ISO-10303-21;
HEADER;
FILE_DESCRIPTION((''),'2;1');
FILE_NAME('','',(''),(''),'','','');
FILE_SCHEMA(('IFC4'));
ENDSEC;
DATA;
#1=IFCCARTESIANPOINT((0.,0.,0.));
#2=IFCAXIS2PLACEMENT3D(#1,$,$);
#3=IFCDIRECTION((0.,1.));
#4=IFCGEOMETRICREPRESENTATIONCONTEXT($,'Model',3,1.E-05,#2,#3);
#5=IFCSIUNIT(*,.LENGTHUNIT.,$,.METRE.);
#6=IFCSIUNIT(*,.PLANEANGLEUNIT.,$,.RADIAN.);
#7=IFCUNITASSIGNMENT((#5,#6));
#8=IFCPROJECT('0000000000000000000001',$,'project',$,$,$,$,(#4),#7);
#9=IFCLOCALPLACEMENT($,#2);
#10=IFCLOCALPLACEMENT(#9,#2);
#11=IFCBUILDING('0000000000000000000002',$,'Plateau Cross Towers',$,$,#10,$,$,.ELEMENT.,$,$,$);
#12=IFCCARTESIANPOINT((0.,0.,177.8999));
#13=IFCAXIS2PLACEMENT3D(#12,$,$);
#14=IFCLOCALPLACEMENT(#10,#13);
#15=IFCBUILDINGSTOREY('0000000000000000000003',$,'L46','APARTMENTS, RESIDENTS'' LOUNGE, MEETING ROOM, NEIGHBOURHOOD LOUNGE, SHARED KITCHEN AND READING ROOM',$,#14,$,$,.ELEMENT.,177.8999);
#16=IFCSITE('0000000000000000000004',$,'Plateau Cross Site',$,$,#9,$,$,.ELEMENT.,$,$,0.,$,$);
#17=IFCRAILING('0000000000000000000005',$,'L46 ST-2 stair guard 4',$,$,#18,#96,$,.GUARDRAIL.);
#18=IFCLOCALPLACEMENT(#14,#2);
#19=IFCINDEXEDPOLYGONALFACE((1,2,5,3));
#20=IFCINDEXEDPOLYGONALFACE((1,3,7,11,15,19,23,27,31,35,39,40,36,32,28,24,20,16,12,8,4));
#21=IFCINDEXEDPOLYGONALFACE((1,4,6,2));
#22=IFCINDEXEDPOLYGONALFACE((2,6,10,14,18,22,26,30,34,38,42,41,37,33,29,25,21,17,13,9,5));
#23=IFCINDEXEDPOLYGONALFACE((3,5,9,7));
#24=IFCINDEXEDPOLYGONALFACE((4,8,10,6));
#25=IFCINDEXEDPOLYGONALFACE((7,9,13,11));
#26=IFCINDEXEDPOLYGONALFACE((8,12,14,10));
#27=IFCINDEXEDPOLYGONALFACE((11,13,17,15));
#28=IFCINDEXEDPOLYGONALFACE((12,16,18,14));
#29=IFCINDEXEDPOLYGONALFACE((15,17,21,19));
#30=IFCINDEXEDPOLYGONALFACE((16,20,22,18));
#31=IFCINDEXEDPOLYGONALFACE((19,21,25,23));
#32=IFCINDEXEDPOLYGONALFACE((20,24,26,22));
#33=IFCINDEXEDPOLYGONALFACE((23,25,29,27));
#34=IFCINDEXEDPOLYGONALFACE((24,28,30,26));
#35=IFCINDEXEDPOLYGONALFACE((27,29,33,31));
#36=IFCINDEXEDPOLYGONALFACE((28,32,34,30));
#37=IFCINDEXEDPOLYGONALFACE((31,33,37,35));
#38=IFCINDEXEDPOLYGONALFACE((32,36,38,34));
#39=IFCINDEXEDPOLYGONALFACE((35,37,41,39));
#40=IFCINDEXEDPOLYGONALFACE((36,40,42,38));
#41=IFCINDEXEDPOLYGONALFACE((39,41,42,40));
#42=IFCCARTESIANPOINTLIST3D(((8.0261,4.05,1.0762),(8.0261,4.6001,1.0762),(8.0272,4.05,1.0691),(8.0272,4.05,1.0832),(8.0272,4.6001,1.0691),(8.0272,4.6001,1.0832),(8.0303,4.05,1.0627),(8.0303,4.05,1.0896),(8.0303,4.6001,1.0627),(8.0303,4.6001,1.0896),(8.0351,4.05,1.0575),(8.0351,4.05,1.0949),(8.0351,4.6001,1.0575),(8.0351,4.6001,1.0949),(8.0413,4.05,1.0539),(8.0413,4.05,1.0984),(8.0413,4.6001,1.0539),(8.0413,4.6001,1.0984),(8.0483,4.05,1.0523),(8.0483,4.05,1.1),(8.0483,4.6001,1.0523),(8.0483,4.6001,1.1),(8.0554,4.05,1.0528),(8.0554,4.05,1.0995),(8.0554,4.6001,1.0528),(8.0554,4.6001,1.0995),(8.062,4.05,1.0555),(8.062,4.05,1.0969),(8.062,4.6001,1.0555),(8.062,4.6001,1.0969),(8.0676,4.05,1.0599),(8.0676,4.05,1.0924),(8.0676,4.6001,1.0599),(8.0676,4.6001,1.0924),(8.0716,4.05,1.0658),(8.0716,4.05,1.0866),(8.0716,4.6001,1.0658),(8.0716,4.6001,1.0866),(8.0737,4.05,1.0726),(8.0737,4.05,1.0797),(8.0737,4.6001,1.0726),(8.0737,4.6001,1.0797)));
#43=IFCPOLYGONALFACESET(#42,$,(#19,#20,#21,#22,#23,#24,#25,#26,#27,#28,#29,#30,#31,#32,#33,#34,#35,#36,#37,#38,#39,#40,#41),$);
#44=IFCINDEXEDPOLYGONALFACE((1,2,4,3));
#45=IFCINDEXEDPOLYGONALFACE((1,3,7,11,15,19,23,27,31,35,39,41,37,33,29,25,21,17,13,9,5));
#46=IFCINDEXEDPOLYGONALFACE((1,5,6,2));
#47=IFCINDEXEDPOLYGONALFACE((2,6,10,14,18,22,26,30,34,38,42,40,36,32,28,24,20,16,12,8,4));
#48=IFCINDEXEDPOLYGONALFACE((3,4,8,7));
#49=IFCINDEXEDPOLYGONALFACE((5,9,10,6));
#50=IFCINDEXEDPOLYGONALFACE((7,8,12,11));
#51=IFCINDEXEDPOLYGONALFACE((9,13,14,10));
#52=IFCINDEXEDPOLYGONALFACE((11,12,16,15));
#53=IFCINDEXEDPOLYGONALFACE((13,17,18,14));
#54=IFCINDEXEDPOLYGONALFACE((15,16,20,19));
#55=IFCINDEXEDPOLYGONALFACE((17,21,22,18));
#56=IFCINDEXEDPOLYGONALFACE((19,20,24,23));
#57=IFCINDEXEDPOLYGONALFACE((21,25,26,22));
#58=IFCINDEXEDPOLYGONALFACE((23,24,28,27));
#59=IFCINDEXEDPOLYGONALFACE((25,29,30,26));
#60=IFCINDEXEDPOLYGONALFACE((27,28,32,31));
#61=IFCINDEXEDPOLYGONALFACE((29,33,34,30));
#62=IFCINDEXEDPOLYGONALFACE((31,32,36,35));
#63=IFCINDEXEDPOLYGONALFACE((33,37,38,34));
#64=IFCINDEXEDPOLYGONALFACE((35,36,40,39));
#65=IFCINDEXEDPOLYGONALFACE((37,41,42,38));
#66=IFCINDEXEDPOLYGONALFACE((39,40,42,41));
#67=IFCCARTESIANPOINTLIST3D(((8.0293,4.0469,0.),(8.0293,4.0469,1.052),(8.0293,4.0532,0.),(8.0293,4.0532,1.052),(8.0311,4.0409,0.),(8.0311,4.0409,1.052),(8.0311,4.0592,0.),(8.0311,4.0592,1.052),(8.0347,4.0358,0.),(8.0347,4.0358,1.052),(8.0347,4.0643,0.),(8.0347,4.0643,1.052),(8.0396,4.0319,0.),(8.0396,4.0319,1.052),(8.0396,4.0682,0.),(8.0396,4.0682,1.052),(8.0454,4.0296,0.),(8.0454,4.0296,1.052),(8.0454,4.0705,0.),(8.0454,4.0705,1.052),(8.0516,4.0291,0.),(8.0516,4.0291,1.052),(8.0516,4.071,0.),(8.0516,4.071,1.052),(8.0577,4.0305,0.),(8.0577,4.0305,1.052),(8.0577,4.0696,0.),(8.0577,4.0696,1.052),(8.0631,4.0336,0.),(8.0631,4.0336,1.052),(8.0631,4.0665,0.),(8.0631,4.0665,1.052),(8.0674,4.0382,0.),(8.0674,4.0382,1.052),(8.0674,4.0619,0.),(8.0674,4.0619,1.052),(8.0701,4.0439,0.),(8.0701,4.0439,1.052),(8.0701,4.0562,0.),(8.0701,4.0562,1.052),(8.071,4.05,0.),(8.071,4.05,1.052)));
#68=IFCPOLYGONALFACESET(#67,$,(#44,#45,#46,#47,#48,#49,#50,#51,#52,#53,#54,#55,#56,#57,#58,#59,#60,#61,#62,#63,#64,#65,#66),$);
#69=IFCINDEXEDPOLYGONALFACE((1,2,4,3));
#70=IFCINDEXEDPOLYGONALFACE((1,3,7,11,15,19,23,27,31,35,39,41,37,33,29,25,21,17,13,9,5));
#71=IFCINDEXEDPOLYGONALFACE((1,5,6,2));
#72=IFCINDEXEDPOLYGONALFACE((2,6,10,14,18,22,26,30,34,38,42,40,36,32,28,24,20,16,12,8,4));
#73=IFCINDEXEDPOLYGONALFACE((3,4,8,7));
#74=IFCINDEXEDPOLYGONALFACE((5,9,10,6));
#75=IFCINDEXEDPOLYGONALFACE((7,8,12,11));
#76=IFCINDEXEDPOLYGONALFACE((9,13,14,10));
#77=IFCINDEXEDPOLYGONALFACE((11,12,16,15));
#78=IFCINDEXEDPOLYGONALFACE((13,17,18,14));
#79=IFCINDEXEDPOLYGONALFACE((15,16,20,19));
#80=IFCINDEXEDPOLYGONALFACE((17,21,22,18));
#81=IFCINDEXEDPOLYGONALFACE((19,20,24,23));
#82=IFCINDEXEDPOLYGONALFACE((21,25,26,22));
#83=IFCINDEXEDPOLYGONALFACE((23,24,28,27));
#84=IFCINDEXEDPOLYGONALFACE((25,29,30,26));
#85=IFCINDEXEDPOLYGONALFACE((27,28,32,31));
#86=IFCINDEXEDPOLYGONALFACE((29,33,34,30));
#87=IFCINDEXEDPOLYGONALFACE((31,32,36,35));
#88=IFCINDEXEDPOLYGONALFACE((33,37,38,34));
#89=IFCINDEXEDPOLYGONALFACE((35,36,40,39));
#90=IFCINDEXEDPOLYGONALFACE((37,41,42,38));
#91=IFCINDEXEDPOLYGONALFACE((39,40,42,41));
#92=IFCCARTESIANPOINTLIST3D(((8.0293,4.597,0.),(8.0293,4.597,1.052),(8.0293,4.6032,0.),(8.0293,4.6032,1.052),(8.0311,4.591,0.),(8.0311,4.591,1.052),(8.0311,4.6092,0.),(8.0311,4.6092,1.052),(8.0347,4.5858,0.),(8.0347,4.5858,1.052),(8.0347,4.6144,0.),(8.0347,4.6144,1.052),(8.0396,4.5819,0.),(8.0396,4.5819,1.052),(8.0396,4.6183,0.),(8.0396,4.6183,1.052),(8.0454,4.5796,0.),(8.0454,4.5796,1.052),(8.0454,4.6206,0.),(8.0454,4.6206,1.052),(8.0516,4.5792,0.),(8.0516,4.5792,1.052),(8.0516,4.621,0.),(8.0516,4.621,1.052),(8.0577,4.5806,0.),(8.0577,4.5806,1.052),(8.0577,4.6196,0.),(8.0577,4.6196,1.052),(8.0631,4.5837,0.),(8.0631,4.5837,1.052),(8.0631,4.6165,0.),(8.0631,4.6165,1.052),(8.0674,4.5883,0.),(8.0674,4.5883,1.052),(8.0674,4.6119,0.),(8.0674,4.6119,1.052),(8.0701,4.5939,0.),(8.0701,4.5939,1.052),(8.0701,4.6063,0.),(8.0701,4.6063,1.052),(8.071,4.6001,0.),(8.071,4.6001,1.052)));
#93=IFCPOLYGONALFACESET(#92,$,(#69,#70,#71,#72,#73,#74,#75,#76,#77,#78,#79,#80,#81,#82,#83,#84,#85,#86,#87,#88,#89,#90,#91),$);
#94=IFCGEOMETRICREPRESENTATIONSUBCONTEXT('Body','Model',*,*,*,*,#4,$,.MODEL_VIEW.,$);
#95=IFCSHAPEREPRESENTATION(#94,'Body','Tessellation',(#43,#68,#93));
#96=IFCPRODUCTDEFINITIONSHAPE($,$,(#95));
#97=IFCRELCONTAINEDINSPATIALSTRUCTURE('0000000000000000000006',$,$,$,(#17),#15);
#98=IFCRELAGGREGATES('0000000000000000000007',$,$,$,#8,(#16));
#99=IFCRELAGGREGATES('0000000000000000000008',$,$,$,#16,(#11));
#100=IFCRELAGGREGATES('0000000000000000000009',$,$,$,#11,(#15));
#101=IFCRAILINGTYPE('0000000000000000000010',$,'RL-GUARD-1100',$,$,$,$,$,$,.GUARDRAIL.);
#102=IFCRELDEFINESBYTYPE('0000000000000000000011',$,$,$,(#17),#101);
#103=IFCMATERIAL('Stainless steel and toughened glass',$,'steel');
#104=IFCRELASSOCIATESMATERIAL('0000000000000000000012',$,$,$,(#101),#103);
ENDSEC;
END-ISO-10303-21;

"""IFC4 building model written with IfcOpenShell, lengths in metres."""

from ifc_helpers import new_model, si_unit, direction, frame, origin, origin_2d, place, context, subcontext, project, spatial, circle, extrude, material, type_object, element, save


model = new_model("IFC4")

# Units and contexts
model_context = context("Model", 3, precision=1e-05, world=origin(), true_north=direction((0.0, 1.0)))
body_context = subcontext(model_context, "Body", "Model", "MODEL_VIEW")
ifc_project = project(units=[si_unit("LENGTHUNIT", "METRE"), si_unit("PLANEANGLEUNIT", "RADIAN")], contexts=[model_context])

# Site, building, storey
site_placement = place(None, origin())
site = spatial("IfcSite", under=ifc_project, at=site_placement, Name="Plateau Cross Site", CompositionType="ELEMENT", RefElevation=0.0)
building_placement = place(site_placement, origin())
building = spatial("IfcBuilding", under=site, at=building_placement, Name="Plateau Cross Towers", CompositionType="ELEMENT")
storey_placement = place(building_placement, frame((0.0, 0.0, 177.8999)))
storey = spatial("IfcBuildingStorey", under=building, at=storey_placement, Name="L46", Description="APARTMENTS, RESIDENTS' LOUNGE, MEETING ROOM, NEIGHBOURHOOD LOUNGE, SHARED KITCHEN AND READING ROOM", CompositionType="ELEMENT", Elevation=177.8999)

# Railing
ifc_material_1 = material(Name="Stainless steel and toughened glass", Category="steel")
railing_type_1 = type_object("IfcRailingType", Name="RL-GUARD-1100", PredefinedType="GUARDRAIL", material=ifc_material_1)
railing_1_placement = place(storey_placement, frame((8.05, 4.05, 0.0)))
element("IfcRailing", 1, at=railing_1_placement, inside=storey, type_object=railing_type_1, Name="L46 ST-2 stair guard 4", PredefinedType="GUARDRAIL", context=body_context, shape_type="SweptSolid", body=[
    extrude(circle(Radius=0.0239, at=origin_2d()), frame((0.0, 0.0, 1.0762), z_axis=(0.0, 1.0, 0.0), x_axis=(-1.0, 0.0, 0.0)), (0.0, 0.0, 1.0), 0.55),
    extrude(circle(Radius=0.021, at=origin_2d()), origin(), (0.0, 0.0, 1.0), 1.052),
    extrude(circle(Radius=0.021, at=origin_2d()), frame((0.0, 0.55, 0.0)), (0.0, 0.0, 1.0), 1.052),
])

save(model, "model.ifc")
